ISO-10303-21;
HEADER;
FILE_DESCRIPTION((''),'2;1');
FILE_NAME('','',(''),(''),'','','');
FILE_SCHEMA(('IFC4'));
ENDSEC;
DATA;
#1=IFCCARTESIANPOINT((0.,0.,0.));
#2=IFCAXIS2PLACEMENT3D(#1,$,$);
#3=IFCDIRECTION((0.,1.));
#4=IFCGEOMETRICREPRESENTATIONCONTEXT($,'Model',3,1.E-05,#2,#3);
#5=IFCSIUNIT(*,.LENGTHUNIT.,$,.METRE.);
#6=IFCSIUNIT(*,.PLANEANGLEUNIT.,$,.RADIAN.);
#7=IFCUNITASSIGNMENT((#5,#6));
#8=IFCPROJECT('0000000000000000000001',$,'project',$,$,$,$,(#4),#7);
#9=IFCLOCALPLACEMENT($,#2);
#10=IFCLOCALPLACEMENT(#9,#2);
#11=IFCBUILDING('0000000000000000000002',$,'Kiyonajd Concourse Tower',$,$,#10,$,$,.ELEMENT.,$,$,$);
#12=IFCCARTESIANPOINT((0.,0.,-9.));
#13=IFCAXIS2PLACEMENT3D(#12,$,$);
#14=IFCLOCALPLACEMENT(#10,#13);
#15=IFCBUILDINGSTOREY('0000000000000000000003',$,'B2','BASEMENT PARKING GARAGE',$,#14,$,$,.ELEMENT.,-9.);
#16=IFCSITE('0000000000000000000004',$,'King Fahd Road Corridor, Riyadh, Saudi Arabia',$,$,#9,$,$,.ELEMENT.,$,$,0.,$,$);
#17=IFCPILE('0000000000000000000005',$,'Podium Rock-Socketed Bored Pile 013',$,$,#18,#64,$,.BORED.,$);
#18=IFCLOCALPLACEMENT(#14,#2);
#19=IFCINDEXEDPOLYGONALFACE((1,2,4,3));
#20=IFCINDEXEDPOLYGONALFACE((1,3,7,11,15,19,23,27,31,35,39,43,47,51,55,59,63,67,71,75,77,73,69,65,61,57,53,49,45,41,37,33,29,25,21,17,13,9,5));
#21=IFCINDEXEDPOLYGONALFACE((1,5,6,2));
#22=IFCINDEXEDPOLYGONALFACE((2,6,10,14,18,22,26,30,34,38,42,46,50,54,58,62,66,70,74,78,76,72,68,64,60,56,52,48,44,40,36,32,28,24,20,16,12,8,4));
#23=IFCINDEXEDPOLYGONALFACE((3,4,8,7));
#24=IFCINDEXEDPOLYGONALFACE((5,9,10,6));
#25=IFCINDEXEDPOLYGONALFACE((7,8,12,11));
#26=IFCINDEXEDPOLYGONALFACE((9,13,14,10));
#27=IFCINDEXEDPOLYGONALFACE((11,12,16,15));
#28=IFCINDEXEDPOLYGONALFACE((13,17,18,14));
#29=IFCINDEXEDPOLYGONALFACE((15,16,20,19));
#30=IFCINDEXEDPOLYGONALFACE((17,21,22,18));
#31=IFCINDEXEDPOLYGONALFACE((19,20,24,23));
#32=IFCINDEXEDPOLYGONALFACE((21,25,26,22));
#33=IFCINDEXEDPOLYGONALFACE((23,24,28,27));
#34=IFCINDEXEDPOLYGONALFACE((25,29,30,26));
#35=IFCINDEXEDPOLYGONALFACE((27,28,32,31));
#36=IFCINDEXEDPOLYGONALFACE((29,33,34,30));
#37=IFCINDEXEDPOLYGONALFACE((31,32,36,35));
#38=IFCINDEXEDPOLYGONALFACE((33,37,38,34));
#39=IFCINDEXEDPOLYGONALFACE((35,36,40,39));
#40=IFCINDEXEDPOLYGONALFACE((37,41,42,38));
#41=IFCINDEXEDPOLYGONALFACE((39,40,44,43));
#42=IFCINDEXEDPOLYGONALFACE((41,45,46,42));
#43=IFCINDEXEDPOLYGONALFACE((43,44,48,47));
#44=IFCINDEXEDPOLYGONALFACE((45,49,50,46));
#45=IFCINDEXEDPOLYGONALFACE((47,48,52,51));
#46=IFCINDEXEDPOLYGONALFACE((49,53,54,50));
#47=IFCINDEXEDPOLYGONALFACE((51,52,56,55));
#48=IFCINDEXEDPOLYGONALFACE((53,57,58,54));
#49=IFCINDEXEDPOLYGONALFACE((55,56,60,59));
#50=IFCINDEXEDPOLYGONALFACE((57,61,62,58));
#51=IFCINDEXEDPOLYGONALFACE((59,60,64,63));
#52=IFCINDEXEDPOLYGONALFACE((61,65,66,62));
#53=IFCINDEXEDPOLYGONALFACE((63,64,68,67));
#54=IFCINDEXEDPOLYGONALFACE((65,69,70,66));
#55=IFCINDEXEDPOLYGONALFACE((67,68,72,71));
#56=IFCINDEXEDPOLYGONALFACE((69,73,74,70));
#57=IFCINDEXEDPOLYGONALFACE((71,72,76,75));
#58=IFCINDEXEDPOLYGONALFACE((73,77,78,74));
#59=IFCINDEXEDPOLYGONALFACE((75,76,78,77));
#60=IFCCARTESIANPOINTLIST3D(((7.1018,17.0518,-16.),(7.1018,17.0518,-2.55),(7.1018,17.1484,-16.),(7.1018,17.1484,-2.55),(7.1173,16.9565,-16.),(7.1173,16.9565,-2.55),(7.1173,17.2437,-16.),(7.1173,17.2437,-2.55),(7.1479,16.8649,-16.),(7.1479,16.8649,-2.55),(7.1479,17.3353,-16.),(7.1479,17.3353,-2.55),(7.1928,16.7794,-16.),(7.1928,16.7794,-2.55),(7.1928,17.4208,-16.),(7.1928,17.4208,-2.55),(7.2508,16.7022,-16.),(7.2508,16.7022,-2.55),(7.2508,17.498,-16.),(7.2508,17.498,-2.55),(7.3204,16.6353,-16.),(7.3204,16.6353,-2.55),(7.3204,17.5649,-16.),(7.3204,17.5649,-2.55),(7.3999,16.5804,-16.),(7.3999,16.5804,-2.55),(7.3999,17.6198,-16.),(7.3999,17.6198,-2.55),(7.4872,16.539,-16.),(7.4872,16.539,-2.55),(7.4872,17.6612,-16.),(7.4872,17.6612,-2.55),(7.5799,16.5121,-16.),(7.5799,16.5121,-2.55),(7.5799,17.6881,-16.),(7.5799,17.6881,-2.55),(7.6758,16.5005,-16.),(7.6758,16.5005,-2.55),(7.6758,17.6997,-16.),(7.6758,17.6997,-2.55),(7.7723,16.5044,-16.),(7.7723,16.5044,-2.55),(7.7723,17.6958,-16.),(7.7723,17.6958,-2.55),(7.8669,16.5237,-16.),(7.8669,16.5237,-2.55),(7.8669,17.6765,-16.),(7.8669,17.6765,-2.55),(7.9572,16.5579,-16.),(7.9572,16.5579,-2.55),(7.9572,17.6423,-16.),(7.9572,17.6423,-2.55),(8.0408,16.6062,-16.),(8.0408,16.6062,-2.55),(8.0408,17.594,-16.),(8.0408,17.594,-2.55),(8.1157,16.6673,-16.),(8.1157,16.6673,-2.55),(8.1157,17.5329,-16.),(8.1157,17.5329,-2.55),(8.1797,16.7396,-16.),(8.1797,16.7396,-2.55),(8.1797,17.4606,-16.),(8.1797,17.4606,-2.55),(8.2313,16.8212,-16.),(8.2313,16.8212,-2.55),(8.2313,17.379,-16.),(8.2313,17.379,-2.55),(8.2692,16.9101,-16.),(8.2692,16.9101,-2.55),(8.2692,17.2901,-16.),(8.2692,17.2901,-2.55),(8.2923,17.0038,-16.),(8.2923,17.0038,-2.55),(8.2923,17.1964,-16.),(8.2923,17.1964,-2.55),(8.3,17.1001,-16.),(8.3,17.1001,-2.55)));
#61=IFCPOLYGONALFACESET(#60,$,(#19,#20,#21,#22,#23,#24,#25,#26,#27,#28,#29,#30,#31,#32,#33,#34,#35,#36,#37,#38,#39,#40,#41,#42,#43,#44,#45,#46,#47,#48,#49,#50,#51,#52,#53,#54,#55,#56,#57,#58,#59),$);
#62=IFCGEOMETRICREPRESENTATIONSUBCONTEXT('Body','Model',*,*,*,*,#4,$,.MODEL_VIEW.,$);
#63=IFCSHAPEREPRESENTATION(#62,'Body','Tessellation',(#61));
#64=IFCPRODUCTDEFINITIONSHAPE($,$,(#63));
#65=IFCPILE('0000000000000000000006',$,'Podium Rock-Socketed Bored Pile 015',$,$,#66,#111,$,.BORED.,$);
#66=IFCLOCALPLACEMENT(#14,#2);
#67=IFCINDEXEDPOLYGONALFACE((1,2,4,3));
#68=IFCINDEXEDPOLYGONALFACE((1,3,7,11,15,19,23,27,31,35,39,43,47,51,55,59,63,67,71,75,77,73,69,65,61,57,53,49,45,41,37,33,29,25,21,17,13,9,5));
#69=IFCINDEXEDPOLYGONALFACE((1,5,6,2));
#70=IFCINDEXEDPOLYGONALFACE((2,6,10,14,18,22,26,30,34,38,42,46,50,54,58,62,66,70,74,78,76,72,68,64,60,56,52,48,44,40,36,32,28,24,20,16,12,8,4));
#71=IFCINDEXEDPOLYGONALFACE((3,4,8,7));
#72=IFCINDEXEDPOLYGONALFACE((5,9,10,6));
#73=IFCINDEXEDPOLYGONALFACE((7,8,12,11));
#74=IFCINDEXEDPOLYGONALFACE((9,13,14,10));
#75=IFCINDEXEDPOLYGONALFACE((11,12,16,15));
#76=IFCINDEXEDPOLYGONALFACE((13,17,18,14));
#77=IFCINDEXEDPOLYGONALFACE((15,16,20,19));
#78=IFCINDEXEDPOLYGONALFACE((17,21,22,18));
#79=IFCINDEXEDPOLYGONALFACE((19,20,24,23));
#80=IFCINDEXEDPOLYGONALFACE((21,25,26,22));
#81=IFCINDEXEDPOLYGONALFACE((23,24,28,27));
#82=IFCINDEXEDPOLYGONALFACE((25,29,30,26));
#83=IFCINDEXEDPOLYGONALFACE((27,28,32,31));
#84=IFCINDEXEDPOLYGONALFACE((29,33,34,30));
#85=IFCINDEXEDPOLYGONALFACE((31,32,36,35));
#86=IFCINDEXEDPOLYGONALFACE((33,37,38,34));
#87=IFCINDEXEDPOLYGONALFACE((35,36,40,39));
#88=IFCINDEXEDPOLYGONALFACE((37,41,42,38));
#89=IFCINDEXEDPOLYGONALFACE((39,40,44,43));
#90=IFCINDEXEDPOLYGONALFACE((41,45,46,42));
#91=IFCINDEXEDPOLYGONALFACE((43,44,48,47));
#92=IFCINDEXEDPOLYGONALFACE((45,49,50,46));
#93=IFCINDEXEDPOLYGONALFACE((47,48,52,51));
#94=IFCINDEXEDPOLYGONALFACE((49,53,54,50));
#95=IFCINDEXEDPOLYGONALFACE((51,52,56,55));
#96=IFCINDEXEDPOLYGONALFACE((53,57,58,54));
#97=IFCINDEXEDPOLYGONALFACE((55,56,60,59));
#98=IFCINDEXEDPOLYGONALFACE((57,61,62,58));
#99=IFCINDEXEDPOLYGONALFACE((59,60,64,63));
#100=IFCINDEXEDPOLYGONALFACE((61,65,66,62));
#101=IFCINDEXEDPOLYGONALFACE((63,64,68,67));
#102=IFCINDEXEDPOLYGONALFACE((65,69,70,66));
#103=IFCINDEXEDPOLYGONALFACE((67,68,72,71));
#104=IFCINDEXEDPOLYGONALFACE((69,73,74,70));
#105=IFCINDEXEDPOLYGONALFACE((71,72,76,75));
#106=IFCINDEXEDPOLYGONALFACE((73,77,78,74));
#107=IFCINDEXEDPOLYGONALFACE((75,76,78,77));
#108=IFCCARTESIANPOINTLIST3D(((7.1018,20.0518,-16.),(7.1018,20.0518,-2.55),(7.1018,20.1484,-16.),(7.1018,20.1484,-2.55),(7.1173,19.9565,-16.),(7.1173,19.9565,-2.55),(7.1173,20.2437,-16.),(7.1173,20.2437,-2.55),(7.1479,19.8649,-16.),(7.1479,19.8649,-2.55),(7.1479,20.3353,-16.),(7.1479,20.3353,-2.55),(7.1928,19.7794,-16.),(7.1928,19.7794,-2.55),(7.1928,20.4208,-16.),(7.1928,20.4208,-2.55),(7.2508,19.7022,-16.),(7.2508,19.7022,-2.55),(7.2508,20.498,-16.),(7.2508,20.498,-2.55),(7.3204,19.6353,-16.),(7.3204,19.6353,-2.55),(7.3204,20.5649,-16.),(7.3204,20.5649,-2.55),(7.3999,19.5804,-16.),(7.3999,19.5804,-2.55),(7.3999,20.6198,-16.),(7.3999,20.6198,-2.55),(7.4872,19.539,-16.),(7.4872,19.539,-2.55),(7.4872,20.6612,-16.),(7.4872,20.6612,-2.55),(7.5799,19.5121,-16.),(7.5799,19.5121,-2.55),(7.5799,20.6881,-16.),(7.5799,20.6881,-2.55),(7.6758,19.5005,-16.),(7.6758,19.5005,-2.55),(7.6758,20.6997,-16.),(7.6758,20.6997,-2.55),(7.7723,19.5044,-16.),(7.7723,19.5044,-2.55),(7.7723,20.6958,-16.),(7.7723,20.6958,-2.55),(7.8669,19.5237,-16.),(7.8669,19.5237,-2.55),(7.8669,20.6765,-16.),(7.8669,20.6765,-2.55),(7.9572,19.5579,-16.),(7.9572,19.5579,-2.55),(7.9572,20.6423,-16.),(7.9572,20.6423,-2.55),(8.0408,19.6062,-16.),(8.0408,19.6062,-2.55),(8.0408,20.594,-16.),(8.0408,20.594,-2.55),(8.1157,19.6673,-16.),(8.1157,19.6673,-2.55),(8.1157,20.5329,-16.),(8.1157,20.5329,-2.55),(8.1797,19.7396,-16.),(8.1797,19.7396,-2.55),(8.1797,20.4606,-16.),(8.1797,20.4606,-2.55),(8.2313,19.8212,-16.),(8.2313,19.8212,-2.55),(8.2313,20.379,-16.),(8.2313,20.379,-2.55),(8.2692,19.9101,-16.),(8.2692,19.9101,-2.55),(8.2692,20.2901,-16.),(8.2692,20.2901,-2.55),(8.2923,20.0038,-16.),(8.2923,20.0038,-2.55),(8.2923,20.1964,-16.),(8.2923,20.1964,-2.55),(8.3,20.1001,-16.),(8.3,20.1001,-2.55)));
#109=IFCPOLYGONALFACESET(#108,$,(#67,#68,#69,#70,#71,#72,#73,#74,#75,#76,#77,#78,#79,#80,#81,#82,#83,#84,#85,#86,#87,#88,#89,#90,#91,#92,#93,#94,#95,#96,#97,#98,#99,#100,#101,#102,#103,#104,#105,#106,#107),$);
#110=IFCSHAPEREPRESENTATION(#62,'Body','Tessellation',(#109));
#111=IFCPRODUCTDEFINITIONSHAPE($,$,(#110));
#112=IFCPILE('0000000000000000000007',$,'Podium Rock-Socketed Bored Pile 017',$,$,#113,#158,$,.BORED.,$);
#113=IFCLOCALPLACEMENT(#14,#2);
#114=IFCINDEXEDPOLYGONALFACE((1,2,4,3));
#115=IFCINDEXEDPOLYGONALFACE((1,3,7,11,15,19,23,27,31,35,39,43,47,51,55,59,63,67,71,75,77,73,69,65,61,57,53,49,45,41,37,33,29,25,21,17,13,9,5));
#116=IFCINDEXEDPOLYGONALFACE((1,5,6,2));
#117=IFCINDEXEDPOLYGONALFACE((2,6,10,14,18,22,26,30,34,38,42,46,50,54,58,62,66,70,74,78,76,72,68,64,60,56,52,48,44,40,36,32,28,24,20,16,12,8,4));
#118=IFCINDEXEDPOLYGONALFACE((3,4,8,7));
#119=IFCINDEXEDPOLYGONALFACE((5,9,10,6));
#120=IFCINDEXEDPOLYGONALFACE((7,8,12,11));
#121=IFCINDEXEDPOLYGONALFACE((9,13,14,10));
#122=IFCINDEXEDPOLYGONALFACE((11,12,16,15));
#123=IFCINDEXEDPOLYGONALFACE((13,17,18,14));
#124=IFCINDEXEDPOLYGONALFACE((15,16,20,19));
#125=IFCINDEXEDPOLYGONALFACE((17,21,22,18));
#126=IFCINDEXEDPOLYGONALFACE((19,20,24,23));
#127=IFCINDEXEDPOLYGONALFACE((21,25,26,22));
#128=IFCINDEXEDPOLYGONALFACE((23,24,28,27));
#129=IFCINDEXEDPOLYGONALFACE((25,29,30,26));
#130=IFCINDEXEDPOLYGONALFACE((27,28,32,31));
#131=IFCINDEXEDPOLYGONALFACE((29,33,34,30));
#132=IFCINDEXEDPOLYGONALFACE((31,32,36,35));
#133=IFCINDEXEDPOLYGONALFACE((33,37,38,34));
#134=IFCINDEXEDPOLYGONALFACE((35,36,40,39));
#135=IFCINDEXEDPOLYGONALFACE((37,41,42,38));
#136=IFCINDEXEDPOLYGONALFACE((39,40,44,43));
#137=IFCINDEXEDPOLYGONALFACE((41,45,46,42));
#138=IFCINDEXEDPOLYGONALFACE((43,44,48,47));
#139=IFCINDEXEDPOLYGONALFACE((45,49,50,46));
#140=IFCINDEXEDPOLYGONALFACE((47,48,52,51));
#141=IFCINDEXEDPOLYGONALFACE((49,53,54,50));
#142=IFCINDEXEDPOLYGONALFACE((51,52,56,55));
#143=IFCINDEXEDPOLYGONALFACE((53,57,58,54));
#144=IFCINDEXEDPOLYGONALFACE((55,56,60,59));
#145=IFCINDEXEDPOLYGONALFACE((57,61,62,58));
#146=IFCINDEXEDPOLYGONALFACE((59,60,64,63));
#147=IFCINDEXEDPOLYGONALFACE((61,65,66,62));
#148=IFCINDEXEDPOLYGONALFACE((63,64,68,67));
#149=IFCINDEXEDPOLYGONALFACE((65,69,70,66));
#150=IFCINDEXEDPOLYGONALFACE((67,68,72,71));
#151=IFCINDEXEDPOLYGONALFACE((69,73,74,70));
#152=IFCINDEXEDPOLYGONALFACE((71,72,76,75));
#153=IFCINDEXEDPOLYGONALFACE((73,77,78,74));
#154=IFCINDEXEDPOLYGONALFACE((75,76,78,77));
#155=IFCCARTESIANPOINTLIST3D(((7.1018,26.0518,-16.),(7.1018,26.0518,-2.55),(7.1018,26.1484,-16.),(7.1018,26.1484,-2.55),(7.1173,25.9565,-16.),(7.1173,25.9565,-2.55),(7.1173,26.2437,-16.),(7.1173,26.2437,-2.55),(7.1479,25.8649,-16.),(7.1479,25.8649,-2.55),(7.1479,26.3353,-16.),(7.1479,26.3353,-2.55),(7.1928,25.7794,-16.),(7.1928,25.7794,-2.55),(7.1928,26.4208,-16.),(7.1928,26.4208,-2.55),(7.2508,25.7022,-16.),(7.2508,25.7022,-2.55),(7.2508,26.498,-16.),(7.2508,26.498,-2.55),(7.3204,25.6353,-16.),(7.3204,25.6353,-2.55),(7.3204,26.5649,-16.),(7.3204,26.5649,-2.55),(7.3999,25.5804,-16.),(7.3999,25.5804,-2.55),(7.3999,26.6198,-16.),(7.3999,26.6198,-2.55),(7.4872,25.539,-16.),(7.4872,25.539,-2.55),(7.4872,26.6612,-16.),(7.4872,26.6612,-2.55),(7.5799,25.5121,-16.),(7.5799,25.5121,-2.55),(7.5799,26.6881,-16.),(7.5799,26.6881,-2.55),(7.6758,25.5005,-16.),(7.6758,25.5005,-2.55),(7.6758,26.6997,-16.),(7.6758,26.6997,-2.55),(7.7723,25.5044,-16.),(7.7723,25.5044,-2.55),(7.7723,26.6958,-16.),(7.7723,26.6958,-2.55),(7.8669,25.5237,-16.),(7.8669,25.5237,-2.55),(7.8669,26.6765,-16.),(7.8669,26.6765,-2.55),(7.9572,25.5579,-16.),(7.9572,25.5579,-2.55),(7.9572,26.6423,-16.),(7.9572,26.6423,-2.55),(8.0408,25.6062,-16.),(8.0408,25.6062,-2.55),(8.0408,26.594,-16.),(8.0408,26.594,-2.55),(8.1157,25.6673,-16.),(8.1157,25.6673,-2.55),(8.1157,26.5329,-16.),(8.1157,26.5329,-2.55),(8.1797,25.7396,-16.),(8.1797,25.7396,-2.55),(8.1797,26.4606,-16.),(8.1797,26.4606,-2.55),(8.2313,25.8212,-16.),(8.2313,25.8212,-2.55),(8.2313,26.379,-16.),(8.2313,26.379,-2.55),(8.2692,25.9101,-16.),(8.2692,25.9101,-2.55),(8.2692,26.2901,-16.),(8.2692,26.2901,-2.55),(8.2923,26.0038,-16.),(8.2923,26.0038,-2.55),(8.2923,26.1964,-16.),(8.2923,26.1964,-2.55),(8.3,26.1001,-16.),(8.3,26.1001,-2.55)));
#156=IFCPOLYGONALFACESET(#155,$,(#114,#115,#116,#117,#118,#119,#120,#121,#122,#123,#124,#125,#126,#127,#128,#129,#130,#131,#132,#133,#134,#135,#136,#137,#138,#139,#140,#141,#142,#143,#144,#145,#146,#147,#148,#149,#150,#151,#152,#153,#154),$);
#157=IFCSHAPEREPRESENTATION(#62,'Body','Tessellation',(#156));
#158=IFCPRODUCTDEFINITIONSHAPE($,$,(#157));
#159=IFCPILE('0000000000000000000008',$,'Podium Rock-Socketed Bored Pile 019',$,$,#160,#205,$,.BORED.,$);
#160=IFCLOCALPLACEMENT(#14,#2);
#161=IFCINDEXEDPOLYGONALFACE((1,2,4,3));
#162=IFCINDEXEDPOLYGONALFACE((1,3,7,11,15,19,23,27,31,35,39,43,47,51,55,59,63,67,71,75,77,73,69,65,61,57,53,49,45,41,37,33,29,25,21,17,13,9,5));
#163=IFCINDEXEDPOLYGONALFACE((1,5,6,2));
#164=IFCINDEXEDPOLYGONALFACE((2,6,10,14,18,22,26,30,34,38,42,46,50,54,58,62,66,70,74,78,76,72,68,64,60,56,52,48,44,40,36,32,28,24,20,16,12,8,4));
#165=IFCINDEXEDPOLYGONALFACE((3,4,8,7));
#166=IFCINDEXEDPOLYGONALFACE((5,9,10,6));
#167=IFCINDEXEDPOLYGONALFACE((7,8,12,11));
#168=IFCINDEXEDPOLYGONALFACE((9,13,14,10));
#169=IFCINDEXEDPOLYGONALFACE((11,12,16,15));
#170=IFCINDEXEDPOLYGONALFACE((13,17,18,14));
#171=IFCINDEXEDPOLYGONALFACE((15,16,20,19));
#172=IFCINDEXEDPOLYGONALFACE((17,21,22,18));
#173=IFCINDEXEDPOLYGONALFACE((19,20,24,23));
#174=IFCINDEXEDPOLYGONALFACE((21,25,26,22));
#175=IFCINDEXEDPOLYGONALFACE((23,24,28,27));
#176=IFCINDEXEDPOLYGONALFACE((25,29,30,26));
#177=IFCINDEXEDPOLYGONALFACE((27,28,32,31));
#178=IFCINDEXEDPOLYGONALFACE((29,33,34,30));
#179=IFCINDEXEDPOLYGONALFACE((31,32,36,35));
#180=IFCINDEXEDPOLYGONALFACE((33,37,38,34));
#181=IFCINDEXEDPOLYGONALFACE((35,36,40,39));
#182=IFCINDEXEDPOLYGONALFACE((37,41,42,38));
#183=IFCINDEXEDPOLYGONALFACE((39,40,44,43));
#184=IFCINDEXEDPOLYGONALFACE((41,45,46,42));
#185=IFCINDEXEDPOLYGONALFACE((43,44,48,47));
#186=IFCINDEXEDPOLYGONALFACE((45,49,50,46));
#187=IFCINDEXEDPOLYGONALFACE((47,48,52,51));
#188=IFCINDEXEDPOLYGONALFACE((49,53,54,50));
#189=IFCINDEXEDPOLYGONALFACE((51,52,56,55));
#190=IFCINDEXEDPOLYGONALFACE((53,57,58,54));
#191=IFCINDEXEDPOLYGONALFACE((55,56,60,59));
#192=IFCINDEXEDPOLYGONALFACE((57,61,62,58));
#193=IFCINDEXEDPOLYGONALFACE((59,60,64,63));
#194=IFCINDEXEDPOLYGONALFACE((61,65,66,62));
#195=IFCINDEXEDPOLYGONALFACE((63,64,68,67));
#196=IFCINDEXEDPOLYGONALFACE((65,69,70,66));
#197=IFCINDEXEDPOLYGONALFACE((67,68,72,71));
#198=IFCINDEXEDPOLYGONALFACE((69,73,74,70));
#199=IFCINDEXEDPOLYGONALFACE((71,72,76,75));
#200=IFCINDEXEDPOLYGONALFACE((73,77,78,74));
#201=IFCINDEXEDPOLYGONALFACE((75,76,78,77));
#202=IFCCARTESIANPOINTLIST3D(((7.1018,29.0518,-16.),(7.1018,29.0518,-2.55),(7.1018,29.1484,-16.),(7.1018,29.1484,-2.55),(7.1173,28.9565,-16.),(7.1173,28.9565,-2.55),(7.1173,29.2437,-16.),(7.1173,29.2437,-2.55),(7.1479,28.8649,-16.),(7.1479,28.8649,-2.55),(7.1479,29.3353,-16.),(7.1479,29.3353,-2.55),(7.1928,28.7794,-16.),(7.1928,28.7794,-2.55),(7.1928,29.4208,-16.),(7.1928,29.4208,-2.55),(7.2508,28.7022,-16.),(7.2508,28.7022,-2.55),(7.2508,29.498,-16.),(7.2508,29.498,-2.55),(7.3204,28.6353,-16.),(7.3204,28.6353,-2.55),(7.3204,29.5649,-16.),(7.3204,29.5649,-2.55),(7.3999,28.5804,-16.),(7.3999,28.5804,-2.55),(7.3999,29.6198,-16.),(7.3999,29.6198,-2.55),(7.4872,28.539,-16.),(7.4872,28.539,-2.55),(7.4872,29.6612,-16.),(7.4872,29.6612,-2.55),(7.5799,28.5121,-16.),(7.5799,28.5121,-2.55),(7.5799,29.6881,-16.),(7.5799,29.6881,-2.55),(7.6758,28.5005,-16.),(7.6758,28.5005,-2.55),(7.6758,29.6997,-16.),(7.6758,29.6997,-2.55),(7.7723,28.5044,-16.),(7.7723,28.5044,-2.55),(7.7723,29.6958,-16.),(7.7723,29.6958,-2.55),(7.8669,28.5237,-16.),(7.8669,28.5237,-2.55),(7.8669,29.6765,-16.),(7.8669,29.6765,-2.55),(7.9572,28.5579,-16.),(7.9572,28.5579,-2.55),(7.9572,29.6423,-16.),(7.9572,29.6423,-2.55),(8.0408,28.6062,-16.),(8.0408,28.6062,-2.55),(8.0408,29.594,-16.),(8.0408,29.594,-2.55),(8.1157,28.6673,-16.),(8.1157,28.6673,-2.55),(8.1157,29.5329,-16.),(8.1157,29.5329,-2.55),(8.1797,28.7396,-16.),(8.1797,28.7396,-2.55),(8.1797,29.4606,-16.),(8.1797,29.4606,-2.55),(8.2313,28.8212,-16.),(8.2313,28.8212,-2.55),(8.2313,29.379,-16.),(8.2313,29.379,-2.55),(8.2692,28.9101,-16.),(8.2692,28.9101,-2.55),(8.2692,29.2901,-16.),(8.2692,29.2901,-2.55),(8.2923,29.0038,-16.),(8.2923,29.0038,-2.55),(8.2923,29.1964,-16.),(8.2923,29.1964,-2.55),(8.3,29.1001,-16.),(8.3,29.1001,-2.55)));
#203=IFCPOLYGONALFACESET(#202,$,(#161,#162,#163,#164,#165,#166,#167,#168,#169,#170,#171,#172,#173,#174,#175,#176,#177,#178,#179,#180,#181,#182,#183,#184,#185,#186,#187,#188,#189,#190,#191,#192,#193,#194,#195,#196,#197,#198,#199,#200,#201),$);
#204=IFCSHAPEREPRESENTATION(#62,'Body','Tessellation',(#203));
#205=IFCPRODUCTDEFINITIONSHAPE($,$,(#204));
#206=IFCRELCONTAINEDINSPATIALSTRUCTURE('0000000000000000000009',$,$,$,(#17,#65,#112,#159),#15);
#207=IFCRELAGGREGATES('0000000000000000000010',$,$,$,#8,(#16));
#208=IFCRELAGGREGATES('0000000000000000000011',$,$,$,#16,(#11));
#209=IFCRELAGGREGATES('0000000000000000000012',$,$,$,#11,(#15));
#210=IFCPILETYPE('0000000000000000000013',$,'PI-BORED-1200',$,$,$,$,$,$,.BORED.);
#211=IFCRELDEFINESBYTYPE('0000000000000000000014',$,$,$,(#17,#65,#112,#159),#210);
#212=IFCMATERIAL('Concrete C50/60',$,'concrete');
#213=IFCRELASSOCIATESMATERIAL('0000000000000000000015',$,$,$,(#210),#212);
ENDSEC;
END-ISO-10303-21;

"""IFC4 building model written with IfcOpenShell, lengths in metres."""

from ifc_helpers import new_model, si_unit, direction, frame, origin, origin_2d, place, context, subcontext, project, spatial, circle, extrude, material, material_profile, profile_set, type_object, element, save


model = new_model("IFC4")

# Units and contexts
model_context = context("Model", 3, precision=1e-05, world=origin(), true_north=direction((0.0, 1.0)))
body_context = subcontext(model_context, "Body", "Model", "MODEL_VIEW")
ifc_project = project(units=[si_unit("LENGTHUNIT", "METRE"), si_unit("PLANEANGLEUNIT", "RADIAN")], contexts=[model_context])

# Site, building, storey
site_placement = place(None, origin())
site = spatial("IfcSite", under=ifc_project, at=site_placement, Name="King Fahd Road Corridor, Riyadh, Saudi Arabia", CompositionType="ELEMENT", RefElevation=0.0)
building_placement = place(site_placement, origin())
building = spatial("IfcBuilding", under=site, at=building_placement, Name="Kiyonajd Concourse Tower", CompositionType="ELEMENT")
storey_placement = place(building_placement, frame((0.0, 0.0, -9.0)))
storey = spatial("IfcBuildingStorey", under=building, at=storey_placement, Name="B2", Description="BASEMENT PARKING GARAGE", CompositionType="ELEMENT", Elevation=-9.0)

# Shared definitions
ifc_material_1 = material(Name="Concrete C50/60", Category="concrete")

# Piles
ifc_material_profile_1 = material_profile(ifc_material_1, circle(Radius=0.6001, at=origin_2d()), Name="PILE-D1200")
ifc_profile_set_1 = profile_set([ifc_material_profile_1], Name="Concrete C50/60")
pile_type = type_object("IfcPileType", Name="PI-BORED-1200", PredefinedType="BORED", material=ifc_profile_set_1)
for number, where, z_axis, x_axis, name in (
    (1, (7.7, 17.1001, -2.55), (0.0, 0.0, -1.0), (1.0, 0.0, 0.0), "Podium Rock-Socketed Bored Pile 013"),
    (2, (7.7, 20.1001, -2.55), (0.0, 0.0, -1.0), (1.0, 0.0, 0.0), "Podium Rock-Socketed Bored Pile 015"),
    (3, (7.7, 26.1001, -2.55), (0.0, 0.0, -1.0), (1.0, 0.0, 0.0), "Podium Rock-Socketed Bored Pile 017"),
    (4, (7.7, 29.1001, -2.55), (0.0, 0.0, -1.0), (1.0, 0.0, 0.0), "Podium Rock-Socketed Bored Pile 019"),
):
    element("IfcPile", number, at=place(storey_placement, frame(where, z_axis=z_axis, x_axis=x_axis)), inside=storey, type_object=pile_type, Name=name, PredefinedType="BORED", context=body_context, shape_type="SweptSolid", body=[
        extrude(circle(Radius=0.6001, at=origin_2d()), origin(), (0.0, 0.0, 1.0), 13.45),
    ])

save(model, "model.ifc")
